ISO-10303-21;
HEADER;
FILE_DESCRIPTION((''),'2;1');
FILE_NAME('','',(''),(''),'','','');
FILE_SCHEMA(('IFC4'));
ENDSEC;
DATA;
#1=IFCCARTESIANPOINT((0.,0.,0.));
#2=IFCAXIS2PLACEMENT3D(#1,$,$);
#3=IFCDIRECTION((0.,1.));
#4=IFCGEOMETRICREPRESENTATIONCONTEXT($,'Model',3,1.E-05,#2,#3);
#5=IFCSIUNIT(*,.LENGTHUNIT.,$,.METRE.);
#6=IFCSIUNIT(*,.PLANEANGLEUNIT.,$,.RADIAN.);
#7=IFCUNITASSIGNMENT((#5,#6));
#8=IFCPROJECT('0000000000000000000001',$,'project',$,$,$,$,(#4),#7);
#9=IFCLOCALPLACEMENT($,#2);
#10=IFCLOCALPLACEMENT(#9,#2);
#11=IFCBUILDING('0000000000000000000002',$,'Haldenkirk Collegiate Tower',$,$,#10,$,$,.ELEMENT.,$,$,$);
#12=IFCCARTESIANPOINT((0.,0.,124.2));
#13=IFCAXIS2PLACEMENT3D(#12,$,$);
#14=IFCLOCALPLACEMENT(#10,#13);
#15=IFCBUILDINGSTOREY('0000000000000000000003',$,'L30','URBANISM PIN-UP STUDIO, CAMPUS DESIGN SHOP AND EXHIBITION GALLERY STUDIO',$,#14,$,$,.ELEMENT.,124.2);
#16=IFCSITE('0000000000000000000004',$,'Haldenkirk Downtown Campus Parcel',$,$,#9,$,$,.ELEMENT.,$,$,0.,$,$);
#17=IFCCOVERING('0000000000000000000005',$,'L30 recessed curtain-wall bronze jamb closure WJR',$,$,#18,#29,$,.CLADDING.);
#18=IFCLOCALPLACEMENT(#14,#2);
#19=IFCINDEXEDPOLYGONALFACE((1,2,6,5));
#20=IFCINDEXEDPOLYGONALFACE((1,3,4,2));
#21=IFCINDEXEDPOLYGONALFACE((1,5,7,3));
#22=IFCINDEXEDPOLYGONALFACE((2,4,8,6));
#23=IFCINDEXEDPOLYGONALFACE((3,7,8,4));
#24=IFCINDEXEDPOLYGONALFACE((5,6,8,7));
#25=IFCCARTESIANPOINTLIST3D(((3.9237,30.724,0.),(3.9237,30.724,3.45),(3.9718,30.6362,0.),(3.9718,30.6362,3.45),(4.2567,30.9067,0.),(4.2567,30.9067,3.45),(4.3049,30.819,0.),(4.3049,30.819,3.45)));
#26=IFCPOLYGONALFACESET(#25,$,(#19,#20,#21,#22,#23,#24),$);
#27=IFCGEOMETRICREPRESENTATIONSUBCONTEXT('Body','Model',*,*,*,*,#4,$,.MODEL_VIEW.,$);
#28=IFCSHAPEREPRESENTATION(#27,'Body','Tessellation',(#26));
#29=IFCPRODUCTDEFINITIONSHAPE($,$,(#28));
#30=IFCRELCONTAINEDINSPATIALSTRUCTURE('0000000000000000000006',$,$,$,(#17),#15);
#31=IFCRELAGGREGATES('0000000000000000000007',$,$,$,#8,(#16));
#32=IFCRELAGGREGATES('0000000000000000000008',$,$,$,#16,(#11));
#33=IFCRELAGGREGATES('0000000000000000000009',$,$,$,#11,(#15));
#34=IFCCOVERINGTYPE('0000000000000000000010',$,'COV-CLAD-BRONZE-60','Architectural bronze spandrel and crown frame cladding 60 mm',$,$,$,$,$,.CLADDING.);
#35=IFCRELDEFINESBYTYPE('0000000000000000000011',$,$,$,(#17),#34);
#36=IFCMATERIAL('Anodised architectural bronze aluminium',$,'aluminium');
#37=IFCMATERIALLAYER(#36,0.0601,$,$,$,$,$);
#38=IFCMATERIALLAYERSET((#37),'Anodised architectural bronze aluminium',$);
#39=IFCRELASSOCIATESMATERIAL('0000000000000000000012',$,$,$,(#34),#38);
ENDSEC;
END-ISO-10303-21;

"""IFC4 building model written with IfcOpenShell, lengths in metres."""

from ifc_helpers import new_model, si_unit, direction, frame, origin, origin_2d, place, context, subcontext, project, spatial, rectangle, extrude, source, transform, mapped, material, layer, layer_set, type_object, element, save


model = new_model("IFC4")

# Units and contexts
model_context = context("Model", 3, precision=1e-05, world=origin(), true_north=direction((0.0, 1.0)))
body_context = subcontext(model_context, "Body", "Model", "MODEL_VIEW")
ifc_project = project(units=[si_unit("LENGTHUNIT", "METRE"), si_unit("PLANEANGLEUNIT", "RADIAN")], contexts=[model_context])

# Site, building, storey
site_placement = place(None, origin())
site = spatial("IfcSite", under=ifc_project, at=site_placement, Name="Haldenkirk Downtown Campus Parcel", CompositionType="ELEMENT", RefElevation=0.0)
building_placement = place(site_placement, origin())
building = spatial("IfcBuilding", under=site, at=building_placement, Name="Haldenkirk Collegiate Tower", CompositionType="ELEMENT")
storey_placement = place(building_placement, frame((0.0, 0.0, 124.2)))
storey = spatial("IfcBuildingStorey", under=building, at=storey_placement, Name="L30", Description="URBANISM PIN-UP STUDIO, CAMPUS DESIGN SHOP AND EXHIBITION GALLERY STUDIO", CompositionType="ELEMENT", Elevation=124.2)

# Shared definitions
ifc_material_1 = material(Name="Anodised architectural bronze aluminium", Category="aluminium")

# Covering
ifc_layer_1 = layer(ifc_material_1, 0.0601)
ifc_layer_set_1 = layer_set([ifc_layer_1], Name="Anodised architectural bronze aluminium")
covering_type = type_object("IfcCoveringType", Name="COV-CLAD-BRONZE-60", Description="Architectural bronze spandrel and crown frame cladding 60 mm", PredefinedType="CLADDING", material=ifc_layer_set_1)
shared_shape_1 = source(origin(), body_context, "Body", "SweptSolid", [
    extrude(rectangle(XDim=0.1001, YDim=0.3799, at=origin_2d()), origin(), (0.0, 0.0, 1.0), 3.45),
])
covering_placement = place(storey_placement, frame((4.1143, 30.7715, 0.0), z_axis=(0.0, 0.0, 1.0), x_axis=(-0.480989, 0.876727, 0.0)))
element("IfcCovering", 1, at=covering_placement, inside=storey, type_object=covering_type, Name="L30 recessed curtain-wall bronze jamb closure WJR", PredefinedType="CLADDING", context=body_context, shape_type="MappedRepresentation", body=[
    mapped(shared_shape_1, transform((0.0, 0.0, 0.0), x_axis=(1.0, 0.0, 0.0), y_axis=(0.0, 1.0, 0.0), z_axis=(0.0, 0.0, 1.0), scale=1.0)),
])

save(model, "model.ifc")
